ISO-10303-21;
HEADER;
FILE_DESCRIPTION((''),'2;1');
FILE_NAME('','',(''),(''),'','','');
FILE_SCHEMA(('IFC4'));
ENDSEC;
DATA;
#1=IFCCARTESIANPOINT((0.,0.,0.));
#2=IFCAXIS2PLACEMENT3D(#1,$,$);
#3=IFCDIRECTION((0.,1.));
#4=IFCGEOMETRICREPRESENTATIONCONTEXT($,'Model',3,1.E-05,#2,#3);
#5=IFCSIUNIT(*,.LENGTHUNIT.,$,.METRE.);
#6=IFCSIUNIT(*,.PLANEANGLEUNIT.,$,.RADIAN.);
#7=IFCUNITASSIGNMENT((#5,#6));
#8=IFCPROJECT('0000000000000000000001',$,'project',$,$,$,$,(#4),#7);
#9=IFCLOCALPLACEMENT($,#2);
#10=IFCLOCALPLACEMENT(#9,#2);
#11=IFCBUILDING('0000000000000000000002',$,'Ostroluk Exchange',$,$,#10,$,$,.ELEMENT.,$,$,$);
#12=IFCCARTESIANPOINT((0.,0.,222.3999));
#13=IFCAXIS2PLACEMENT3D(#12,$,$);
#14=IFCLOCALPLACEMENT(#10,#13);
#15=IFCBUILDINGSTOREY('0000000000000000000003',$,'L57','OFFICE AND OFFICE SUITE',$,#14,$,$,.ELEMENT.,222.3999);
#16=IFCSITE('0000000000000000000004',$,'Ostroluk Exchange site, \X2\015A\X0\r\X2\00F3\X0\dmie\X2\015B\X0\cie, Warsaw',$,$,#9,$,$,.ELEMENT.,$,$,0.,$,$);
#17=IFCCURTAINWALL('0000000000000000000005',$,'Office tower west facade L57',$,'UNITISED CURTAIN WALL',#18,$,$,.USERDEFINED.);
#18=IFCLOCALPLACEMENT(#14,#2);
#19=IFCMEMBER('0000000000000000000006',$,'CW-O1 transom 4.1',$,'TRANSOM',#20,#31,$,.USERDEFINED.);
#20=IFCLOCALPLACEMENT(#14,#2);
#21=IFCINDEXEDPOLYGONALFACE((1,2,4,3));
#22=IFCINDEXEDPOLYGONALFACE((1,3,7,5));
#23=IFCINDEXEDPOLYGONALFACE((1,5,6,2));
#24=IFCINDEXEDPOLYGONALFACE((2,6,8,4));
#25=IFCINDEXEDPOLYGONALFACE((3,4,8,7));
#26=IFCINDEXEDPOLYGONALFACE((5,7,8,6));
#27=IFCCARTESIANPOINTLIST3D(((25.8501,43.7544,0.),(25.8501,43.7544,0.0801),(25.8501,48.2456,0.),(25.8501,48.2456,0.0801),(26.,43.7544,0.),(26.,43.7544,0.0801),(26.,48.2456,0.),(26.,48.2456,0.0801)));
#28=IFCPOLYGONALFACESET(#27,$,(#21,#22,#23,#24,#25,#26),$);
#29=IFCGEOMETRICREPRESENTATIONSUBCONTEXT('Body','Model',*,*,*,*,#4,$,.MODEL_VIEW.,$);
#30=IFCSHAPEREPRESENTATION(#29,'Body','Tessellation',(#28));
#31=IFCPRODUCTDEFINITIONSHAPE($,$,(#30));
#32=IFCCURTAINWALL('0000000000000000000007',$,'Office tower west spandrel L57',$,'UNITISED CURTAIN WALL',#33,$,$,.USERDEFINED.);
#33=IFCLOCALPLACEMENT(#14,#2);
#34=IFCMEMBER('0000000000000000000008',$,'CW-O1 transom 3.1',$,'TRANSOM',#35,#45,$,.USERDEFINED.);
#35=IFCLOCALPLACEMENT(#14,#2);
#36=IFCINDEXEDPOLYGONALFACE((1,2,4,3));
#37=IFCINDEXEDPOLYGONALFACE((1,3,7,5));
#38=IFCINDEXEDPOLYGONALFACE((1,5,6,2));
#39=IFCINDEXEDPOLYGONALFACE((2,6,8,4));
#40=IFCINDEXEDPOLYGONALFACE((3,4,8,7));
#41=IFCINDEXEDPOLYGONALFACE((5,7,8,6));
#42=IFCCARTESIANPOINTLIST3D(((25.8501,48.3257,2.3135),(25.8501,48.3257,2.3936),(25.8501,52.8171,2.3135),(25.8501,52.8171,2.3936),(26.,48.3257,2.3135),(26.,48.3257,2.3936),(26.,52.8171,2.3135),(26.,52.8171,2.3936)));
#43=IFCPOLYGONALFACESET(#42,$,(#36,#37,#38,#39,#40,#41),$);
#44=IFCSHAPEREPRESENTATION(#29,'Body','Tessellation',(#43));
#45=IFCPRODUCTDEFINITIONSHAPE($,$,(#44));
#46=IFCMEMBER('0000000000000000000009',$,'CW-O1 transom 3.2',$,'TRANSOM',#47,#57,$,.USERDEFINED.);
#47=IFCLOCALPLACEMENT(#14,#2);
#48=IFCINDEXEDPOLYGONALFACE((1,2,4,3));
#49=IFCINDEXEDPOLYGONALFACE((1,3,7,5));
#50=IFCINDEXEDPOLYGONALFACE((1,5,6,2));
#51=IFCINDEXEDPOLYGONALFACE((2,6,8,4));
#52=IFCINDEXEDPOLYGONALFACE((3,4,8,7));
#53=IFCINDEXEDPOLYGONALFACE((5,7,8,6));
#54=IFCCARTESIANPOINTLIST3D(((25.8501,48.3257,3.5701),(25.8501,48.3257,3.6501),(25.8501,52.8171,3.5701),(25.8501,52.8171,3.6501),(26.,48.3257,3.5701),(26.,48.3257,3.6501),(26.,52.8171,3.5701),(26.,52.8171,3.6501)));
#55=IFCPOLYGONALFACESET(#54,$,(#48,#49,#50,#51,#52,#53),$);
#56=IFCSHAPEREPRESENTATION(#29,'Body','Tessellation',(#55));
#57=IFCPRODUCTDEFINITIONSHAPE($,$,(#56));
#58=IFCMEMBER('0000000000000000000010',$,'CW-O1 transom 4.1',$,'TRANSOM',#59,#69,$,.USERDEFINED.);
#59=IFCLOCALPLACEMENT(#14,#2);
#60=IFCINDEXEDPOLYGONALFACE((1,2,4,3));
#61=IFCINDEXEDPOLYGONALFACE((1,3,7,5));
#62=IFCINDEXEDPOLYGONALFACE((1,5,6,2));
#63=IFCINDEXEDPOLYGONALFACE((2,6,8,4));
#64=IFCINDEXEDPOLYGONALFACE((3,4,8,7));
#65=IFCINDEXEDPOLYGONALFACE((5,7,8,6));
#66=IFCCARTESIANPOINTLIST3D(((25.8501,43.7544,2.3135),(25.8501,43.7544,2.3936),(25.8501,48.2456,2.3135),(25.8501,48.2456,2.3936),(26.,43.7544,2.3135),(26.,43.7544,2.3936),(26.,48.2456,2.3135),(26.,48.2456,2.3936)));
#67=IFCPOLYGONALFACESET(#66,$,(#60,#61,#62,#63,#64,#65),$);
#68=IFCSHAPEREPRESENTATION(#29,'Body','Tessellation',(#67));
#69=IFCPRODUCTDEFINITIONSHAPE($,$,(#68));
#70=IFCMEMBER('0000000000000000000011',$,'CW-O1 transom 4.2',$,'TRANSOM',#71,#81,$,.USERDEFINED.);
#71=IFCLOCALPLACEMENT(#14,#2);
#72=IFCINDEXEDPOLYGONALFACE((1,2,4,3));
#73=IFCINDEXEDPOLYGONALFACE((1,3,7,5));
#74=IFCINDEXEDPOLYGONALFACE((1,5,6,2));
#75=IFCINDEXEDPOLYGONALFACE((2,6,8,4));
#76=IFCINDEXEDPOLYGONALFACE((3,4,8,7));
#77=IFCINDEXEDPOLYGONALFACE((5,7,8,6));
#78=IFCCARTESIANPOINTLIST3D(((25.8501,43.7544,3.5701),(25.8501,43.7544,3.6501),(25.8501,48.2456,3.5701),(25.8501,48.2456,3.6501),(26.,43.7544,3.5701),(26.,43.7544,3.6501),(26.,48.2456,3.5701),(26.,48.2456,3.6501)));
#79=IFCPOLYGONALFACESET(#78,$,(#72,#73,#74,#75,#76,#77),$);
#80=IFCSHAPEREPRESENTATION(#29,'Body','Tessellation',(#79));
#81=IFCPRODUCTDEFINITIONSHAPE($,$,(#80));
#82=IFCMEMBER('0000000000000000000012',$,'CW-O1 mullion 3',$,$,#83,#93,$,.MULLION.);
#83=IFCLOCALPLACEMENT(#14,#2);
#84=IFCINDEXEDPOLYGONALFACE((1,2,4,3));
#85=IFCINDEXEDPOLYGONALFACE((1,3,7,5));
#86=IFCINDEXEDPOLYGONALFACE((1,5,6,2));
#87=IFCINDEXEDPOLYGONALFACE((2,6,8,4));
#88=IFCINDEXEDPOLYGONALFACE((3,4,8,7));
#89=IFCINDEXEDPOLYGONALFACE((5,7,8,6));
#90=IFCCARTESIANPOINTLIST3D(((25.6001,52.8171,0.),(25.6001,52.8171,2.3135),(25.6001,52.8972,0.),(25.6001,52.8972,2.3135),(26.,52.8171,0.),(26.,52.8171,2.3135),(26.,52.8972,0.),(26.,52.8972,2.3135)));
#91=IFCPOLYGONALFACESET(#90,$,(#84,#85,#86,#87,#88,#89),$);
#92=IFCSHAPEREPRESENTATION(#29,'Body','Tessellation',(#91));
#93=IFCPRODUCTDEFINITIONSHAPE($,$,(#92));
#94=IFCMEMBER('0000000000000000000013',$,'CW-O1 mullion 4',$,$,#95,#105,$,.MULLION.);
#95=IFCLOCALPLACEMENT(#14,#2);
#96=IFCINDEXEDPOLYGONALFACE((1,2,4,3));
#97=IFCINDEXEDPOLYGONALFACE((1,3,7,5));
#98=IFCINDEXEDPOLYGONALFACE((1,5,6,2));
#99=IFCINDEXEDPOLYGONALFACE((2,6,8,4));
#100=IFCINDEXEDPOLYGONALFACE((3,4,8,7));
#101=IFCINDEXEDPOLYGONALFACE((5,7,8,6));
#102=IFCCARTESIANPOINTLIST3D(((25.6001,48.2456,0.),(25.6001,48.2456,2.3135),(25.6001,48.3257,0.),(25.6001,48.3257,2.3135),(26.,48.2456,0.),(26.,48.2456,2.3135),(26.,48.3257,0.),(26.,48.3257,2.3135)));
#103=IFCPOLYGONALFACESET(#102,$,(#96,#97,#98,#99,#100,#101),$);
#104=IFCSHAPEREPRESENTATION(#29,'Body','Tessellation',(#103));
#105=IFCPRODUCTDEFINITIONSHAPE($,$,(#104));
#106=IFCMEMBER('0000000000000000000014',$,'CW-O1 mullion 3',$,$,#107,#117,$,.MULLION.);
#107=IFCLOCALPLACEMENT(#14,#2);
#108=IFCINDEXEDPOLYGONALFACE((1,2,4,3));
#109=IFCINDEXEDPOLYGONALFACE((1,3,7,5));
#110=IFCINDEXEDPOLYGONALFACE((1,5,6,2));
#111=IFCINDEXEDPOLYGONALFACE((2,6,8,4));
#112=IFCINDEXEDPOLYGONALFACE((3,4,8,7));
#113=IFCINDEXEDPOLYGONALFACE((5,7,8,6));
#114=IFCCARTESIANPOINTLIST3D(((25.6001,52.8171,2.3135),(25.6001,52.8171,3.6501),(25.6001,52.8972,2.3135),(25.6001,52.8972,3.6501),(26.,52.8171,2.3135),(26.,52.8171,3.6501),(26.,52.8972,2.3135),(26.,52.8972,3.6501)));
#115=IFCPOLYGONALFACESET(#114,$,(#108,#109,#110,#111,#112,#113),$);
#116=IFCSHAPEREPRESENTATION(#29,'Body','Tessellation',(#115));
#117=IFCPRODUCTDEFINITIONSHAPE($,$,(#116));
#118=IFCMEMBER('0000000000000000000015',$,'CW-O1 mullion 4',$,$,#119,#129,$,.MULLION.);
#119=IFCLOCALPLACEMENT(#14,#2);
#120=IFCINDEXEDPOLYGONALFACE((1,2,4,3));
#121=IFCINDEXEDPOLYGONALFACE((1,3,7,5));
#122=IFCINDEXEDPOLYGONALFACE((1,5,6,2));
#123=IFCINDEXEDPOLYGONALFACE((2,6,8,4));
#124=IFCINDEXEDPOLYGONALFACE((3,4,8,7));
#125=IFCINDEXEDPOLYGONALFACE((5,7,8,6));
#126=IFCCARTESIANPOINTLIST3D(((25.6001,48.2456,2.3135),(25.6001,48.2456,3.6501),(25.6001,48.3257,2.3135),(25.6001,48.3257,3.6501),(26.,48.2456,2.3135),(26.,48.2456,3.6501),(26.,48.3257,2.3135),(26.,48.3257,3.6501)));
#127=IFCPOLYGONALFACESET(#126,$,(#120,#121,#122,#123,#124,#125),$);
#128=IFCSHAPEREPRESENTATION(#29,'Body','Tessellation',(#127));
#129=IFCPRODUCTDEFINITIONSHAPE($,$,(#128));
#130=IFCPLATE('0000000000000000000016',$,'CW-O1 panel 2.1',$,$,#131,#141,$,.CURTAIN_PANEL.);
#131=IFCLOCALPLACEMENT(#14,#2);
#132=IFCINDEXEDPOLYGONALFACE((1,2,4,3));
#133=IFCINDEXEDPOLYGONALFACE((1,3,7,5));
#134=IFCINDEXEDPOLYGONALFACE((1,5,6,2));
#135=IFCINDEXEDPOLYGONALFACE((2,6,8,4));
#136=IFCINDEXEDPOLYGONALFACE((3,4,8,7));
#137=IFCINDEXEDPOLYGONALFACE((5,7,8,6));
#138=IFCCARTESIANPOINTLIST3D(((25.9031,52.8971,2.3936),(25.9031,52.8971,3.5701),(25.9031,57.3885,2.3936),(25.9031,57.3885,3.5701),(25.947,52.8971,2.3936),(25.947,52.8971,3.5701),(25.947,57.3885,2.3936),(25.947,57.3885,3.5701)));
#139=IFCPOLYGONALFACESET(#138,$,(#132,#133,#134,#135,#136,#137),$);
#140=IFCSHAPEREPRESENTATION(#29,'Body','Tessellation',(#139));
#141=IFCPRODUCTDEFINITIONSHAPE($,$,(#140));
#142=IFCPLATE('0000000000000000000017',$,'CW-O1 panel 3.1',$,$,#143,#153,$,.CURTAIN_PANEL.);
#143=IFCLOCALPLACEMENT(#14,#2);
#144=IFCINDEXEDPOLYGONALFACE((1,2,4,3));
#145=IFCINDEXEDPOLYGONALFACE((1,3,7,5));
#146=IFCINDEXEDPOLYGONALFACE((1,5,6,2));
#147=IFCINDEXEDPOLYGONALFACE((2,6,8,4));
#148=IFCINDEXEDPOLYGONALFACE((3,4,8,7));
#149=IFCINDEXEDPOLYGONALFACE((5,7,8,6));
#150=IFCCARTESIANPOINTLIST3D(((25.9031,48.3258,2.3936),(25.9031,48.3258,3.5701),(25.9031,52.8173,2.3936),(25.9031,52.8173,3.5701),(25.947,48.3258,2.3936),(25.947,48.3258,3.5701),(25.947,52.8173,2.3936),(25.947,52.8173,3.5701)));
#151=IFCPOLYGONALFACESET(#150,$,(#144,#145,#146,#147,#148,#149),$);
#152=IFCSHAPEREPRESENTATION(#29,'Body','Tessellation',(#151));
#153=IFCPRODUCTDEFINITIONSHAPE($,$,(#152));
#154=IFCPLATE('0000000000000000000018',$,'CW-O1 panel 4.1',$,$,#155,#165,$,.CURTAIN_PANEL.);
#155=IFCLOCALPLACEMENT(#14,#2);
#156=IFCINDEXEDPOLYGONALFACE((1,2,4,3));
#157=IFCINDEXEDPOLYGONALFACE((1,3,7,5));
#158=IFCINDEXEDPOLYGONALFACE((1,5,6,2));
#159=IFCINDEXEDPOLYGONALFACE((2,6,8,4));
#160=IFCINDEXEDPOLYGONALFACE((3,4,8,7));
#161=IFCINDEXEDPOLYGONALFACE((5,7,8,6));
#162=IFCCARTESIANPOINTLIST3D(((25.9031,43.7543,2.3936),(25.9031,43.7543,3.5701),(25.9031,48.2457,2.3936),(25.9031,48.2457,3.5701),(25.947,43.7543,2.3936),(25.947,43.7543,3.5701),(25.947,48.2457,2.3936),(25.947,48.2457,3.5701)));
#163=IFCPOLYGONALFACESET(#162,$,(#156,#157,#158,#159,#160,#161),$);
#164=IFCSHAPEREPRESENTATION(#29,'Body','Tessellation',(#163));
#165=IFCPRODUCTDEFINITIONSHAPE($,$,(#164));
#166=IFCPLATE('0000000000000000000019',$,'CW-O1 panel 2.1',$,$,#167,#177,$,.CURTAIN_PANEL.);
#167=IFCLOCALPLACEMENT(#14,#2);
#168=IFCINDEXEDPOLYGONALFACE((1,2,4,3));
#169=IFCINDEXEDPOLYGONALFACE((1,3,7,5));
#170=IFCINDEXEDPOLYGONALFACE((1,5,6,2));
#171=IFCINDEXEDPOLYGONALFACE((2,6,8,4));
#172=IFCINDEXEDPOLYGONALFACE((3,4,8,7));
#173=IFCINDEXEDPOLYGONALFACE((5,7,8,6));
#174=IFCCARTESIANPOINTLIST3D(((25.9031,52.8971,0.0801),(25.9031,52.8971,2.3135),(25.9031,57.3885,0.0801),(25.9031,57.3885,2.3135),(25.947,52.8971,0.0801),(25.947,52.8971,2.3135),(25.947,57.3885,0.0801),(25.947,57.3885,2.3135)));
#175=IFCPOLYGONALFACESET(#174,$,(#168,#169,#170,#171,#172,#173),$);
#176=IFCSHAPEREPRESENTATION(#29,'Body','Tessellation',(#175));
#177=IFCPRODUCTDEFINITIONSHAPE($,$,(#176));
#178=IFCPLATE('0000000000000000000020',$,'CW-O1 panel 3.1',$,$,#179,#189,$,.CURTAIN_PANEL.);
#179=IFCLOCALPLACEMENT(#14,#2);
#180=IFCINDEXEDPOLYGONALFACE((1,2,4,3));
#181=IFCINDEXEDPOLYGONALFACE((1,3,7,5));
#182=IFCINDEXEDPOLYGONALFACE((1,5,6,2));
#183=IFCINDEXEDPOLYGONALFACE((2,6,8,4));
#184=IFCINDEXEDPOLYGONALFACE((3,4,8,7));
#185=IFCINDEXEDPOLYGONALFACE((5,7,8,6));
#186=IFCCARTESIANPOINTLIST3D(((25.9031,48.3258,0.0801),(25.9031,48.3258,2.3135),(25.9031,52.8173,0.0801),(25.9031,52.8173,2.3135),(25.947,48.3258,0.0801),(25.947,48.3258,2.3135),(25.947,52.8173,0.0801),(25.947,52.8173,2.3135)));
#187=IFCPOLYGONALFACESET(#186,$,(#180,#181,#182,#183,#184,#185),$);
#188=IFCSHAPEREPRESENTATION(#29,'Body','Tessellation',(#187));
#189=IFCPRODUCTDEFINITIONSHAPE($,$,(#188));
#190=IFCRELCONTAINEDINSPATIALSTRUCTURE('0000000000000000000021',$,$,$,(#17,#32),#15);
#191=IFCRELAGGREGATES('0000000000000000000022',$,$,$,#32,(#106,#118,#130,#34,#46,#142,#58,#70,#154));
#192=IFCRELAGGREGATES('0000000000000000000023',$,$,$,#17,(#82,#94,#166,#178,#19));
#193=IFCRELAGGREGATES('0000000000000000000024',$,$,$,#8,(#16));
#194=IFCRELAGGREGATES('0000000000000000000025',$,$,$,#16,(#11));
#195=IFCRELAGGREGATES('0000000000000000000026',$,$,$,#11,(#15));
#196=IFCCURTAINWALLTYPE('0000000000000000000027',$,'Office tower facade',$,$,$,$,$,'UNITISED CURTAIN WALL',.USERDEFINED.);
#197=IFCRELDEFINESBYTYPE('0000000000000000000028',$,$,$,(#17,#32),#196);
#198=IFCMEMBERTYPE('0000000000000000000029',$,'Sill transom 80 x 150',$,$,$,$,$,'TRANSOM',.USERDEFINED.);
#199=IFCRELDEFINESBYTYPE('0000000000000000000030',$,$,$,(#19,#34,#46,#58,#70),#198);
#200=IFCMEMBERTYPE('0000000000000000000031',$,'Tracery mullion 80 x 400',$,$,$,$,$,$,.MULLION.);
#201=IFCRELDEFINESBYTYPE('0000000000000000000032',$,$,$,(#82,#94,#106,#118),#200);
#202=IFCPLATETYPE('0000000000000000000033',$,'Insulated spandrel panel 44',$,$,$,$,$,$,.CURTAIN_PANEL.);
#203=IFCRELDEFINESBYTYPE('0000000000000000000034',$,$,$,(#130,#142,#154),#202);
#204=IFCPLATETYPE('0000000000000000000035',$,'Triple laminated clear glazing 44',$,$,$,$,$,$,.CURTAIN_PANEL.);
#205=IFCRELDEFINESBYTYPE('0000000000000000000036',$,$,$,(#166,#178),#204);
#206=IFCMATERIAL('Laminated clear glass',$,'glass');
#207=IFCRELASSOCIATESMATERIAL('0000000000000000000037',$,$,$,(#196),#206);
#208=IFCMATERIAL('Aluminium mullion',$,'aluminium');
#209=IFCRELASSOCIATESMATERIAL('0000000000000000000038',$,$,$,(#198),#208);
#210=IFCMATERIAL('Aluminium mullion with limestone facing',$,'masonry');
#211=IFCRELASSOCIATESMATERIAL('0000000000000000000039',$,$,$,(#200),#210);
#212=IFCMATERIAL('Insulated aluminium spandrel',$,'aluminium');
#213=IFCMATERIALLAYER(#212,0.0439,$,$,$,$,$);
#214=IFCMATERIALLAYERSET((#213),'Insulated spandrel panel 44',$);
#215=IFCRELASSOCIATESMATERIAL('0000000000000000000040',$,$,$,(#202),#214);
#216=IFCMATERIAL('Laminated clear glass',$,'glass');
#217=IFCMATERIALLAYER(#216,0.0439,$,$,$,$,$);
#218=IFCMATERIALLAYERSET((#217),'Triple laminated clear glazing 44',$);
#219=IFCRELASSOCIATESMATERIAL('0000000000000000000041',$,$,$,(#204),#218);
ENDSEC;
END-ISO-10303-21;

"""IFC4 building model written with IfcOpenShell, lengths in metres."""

from ifc_helpers import new_model, si_unit, direction, frame, origin, origin_2d, place, context, subcontext, project, spatial, rectangle, extrude, material, layer, layer_set, material_profile, profile_set, type_object, element, aggregate, save


model = new_model("IFC4")

# Units and contexts
model_context = context("Model", 3, precision=1e-05, world=origin(), true_north=direction((0.0, 1.0)))
body_context = subcontext(model_context, "Body", "Model", "MODEL_VIEW")
ifc_project = project(units=[si_unit("LENGTHUNIT", "METRE"), si_unit("PLANEANGLEUNIT", "RADIAN")], contexts=[model_context])

# Site, building, storey
site_placement = place(None, origin())
site = spatial("IfcSite", under=ifc_project, at=site_placement, Name="Ostroluk Exchange site, Śródmieście, Warsaw", CompositionType="ELEMENT", RefElevation=0.0)
building_placement = place(site_placement, origin())
building = spatial("IfcBuilding", under=site, at=building_placement, Name="Ostroluk Exchange", CompositionType="ELEMENT")
storey_placement = place(building_placement, frame((0.0, 0.0, 222.3999)))
storey = spatial("IfcBuildingStorey", under=building, at=storey_placement, Name="L57", Description="OFFICE AND OFFICE SUITE", CompositionType="ELEMENT", Elevation=222.3999)

# Curtain walls, members
ifc_material_1 = material(Name="Laminated clear glass", Category="glass")
curtain_wall_type = type_object("IfcCurtainWallType", Name="Office tower facade", ElementType="UNITISED CURTAIN WALL", PredefinedType="USERDEFINED", material=ifc_material_1)
curtain_wall_1_placement = place(storey_placement, origin())
curtain_wall_1 = element("IfcCurtainWall", 1, at=curtain_wall_1_placement, inside=storey, type_object=curtain_wall_type, Name="Office tower west facade L57", ObjectType="UNITISED CURTAIN WALL", PredefinedType="USERDEFINED")
ifc_material_2 = material(Name="Aluminium mullion", Category="aluminium")
ifc_material_profile_1 = material_profile(ifc_material_2, rectangle(XDim=0.1499, YDim=0.0801, at=origin_2d()), Name="Sill transom 80 x 150")
ifc_profile_set_1 = profile_set([ifc_material_profile_1], Name="Aluminium mullion")
member_type_1 = type_object("IfcMemberType", Name="Sill transom 80 x 150", ElementType="TRANSOM", PredefinedType="USERDEFINED", material=ifc_profile_set_1)
member_1_placement = place(storey_placement, frame((25.925, 48.2456, 0.04), z_axis=(0.0, -1.0, 0.0), x_axis=(1.0, 0.0, 0.0)))
member_1 = element("IfcMember", 2, at=member_1_placement, type_object=member_type_1, Name="CW-O1 transom 4.1", ObjectType="TRANSOM", PredefinedType="USERDEFINED", context=body_context, shape_type="SweptSolid", body=[
    extrude(rectangle(XDim=0.1499, YDim=0.0801, at=origin_2d()), origin(), (0.0, 0.0, 1.0), 4.4912),
])
curtain_wall_2_placement = place(storey_placement, origin())
curtain_wall_2 = element("IfcCurtainWall", 3, at=curtain_wall_2_placement, inside=storey, type_object=curtain_wall_type, Name="Office tower west spandrel L57", ObjectType="UNITISED CURTAIN WALL", PredefinedType="USERDEFINED")
member_2_placement = place(storey_placement, frame((25.925, 52.8171, 2.3535), z_axis=(0.0, -1.0, 0.0), x_axis=(1.0, 0.0, 0.0)))
member_2 = element("IfcMember", 4, at=member_2_placement, type_object=member_type_1, Name="CW-O1 transom 3.1", ObjectType="TRANSOM", PredefinedType="USERDEFINED", context=body_context, shape_type="SweptSolid", body=[
    extrude(rectangle(XDim=0.1499, YDim=0.0801, at=origin_2d()), origin(), (0.0, 0.0, 1.0), 4.4915),
])
member_3_placement = place(storey_placement, frame((25.925, 52.8171, 3.6101), z_axis=(0.0, -1.0, 0.0), x_axis=(1.0, 0.0, 0.0)))
member_3 = element("IfcMember", 5, at=member_3_placement, type_object=member_type_1, Name="CW-O1 transom 3.2", ObjectType="TRANSOM", PredefinedType="USERDEFINED", context=body_context, shape_type="SweptSolid", body=[
    extrude(rectangle(XDim=0.1499, YDim=0.0801, at=origin_2d()), origin(), (0.0, 0.0, 1.0), 4.4915),
])
member_4_placement = place(storey_placement, frame((25.925, 48.2456, 2.3535), z_axis=(0.0, -1.0, 0.0), x_axis=(1.0, 0.0, 0.0)))
member_4 = element("IfcMember", 6, at=member_4_placement, type_object=member_type_1, Name="CW-O1 transom 4.1", ObjectType="TRANSOM", PredefinedType="USERDEFINED", context=body_context, shape_type="SweptSolid", body=[
    extrude(rectangle(XDim=0.1499, YDim=0.0801, at=origin_2d()), origin(), (0.0, 0.0, 1.0), 4.4912),
])
member_5_placement = place(storey_placement, frame((25.925, 48.2456, 3.6101), z_axis=(0.0, -1.0, 0.0), x_axis=(1.0, 0.0, 0.0)))
member_5 = element("IfcMember", 7, at=member_5_placement, type_object=member_type_1, Name="CW-O1 transom 4.2", ObjectType="TRANSOM", PredefinedType="USERDEFINED", context=body_context, shape_type="SweptSolid", body=[
    extrude(rectangle(XDim=0.1499, YDim=0.0801, at=origin_2d()), origin(), (0.0, 0.0, 1.0), 4.4912),
])

# Members
ifc_material_3 = material(Name="Aluminium mullion with limestone facing", Category="masonry")
ifc_material_profile_2 = material_profile(ifc_material_3, rectangle(XDim=0.3999, YDim=0.0801, at=origin_2d()), Name="Tracery mullion 80 x 400")
ifc_profile_set_2 = profile_set([ifc_material_profile_2], Name="Aluminium mullion with limestone facing")
member_type_2 = type_object("IfcMemberType", Name="Tracery mullion 80 x 400", PredefinedType="MULLION", material=ifc_profile_set_2)
member_6_placement = place(storey_placement, frame((25.8, 52.8572, 0.0), z_axis=(0.0, 0.0, 1.0), x_axis=(1.0, 0.0, 0.0)))
member_6 = element("IfcMember", 8, at=member_6_placement, type_object=member_type_2, Name="CW-O1 mullion 3", PredefinedType="MULLION", context=body_context, shape_type="SweptSolid", body=[
    extrude(rectangle(XDim=0.3999, YDim=0.0801, at=origin_2d()), origin(), (0.0, 0.0, 1.0), 2.3135),
])
member_7_placement = place(storey_placement, frame((25.8, 48.2856, 0.0), z_axis=(0.0, 0.0, 1.0), x_axis=(1.0, 0.0, 0.0)))
member_7 = element("IfcMember", 9, at=member_7_placement, type_object=member_type_2, Name="CW-O1 mullion 4", PredefinedType="MULLION", context=body_context, shape_type="SweptSolid", body=[
    extrude(rectangle(XDim=0.3999, YDim=0.0801, at=origin_2d()), origin(), (0.0, 0.0, 1.0), 2.3135),
])
member_8_placement = place(storey_placement, frame((25.8, 52.8572, 2.3135), z_axis=(0.0, 0.0, 1.0), x_axis=(1.0, 0.0, 0.0)))
member_8 = element("IfcMember", 10, at=member_8_placement, type_object=member_type_2, Name="CW-O1 mullion 3", PredefinedType="MULLION", context=body_context, shape_type="SweptSolid", body=[
    extrude(rectangle(XDim=0.3999, YDim=0.0801, at=origin_2d()), origin(), (0.0, 0.0, 1.0), 1.3367),
])
member_9_placement = place(storey_placement, frame((25.8, 48.2856, 2.3135), z_axis=(0.0, 0.0, 1.0), x_axis=(1.0, 0.0, 0.0)))
member_9 = element("IfcMember", 11, at=member_9_placement, type_object=member_type_2, Name="CW-O1 mullion 4", PredefinedType="MULLION", context=body_context, shape_type="SweptSolid", body=[
    extrude(rectangle(XDim=0.3999, YDim=0.0801, at=origin_2d()), origin(), (0.0, 0.0, 1.0), 1.3367),
])

# Plates
ifc_material_4 = material(Name="Insulated aluminium spandrel", Category="aluminium")
ifc_layer_1 = layer(ifc_material_4, 0.0439)
ifc_layer_set_1 = layer_set([ifc_layer_1], Name="Insulated spandrel panel 44")
plate_type_1 = type_object("IfcPlateType", Name="Insulated spandrel panel 44", PredefinedType="CURTAIN_PANEL", material=ifc_layer_set_1)
plate_1_placement = place(storey_placement, frame((25.925, 55.1428, 2.3936), z_axis=(0.0, 0.0, 1.0), x_axis=(0.0, -1.0, 0.0)))
plate_1 = element("IfcPlate", 12, at=plate_1_placement, type_object=plate_type_1, Name="CW-O1 panel 2.1", PredefinedType="CURTAIN_PANEL", context=body_context, shape_type="SweptSolid", body=[
    extrude(rectangle(XDim=4.4915, YDim=0.0439, at=origin_2d()), origin(), (0.0, 0.0, 1.0), 1.1765),
])
plate_2_placement = place(storey_placement, frame((25.925, 50.5715, 2.3936), z_axis=(0.0, 0.0, 1.0), x_axis=(0.0, -1.0, 0.0)))
plate_2 = element("IfcPlate", 13, at=plate_2_placement, type_object=plate_type_1, Name="CW-O1 panel 3.1", PredefinedType="CURTAIN_PANEL", context=body_context, shape_type="SweptSolid", body=[
    extrude(rectangle(XDim=4.4915, YDim=0.0439, at=origin_2d()), origin(), (0.0, 0.0, 1.0), 1.1765),
])
plate_3_placement = place(storey_placement, frame((25.925, 46.0, 2.3936), z_axis=(0.0, 0.0, 1.0), x_axis=(0.0, -1.0, 0.0)))
plate_3 = element("IfcPlate", 14, at=plate_3_placement, type_object=plate_type_1, Name="CW-O1 panel 4.1", PredefinedType="CURTAIN_PANEL", context=body_context, shape_type="SweptSolid", body=[
    extrude(rectangle(XDim=4.4915, YDim=0.0439, at=origin_2d()), origin(), (0.0, 0.0, 1.0), 1.1765),
])
aggregate(curtain_wall_2, [member_8, member_9, plate_1, member_2, member_3, plate_2, member_4, member_5, plate_3])
ifc_material_5 = material(Name="Laminated clear glass", Category="glass")
ifc_layer_2 = layer(ifc_material_5, 0.0439)
ifc_layer_set_2 = layer_set([ifc_layer_2], Name="Triple laminated clear glazing 44")
plate_type_2 = type_object("IfcPlateType", Name="Triple laminated clear glazing 44", PredefinedType="CURTAIN_PANEL", material=ifc_layer_set_2)
plate_4_placement = place(storey_placement, frame((25.925, 55.1428, 0.0801), z_axis=(0.0, 0.0, 1.0), x_axis=(0.0, -1.0, 0.0)))
plate_4 = element("IfcPlate", 15, at=plate_4_placement, type_object=plate_type_2, Name="CW-O1 panel 2.1", PredefinedType="CURTAIN_PANEL", context=body_context, shape_type="SweptSolid", body=[
    extrude(rectangle(XDim=4.4915, YDim=0.0439, at=origin_2d()), origin(), (0.0, 0.0, 1.0), 2.2334),
])
plate_5_placement = place(storey_placement, frame((25.925, 50.5715, 0.0801), z_axis=(0.0, 0.0, 1.0), x_axis=(0.0, -1.0, 0.0)))
plate_5 = element("IfcPlate", 16, at=plate_5_placement, type_object=plate_type_2, Name="CW-O1 panel 3.1", PredefinedType="CURTAIN_PANEL", context=body_context, shape_type="SweptSolid", body=[
    extrude(rectangle(XDim=4.4915, YDim=0.0439, at=origin_2d()), origin(), (0.0, 0.0, 1.0), 2.2334),
])
aggregate(curtain_wall_1, [member_6, member_7, plate_4, plate_5, member_1])

save(model, "model.ifc")
